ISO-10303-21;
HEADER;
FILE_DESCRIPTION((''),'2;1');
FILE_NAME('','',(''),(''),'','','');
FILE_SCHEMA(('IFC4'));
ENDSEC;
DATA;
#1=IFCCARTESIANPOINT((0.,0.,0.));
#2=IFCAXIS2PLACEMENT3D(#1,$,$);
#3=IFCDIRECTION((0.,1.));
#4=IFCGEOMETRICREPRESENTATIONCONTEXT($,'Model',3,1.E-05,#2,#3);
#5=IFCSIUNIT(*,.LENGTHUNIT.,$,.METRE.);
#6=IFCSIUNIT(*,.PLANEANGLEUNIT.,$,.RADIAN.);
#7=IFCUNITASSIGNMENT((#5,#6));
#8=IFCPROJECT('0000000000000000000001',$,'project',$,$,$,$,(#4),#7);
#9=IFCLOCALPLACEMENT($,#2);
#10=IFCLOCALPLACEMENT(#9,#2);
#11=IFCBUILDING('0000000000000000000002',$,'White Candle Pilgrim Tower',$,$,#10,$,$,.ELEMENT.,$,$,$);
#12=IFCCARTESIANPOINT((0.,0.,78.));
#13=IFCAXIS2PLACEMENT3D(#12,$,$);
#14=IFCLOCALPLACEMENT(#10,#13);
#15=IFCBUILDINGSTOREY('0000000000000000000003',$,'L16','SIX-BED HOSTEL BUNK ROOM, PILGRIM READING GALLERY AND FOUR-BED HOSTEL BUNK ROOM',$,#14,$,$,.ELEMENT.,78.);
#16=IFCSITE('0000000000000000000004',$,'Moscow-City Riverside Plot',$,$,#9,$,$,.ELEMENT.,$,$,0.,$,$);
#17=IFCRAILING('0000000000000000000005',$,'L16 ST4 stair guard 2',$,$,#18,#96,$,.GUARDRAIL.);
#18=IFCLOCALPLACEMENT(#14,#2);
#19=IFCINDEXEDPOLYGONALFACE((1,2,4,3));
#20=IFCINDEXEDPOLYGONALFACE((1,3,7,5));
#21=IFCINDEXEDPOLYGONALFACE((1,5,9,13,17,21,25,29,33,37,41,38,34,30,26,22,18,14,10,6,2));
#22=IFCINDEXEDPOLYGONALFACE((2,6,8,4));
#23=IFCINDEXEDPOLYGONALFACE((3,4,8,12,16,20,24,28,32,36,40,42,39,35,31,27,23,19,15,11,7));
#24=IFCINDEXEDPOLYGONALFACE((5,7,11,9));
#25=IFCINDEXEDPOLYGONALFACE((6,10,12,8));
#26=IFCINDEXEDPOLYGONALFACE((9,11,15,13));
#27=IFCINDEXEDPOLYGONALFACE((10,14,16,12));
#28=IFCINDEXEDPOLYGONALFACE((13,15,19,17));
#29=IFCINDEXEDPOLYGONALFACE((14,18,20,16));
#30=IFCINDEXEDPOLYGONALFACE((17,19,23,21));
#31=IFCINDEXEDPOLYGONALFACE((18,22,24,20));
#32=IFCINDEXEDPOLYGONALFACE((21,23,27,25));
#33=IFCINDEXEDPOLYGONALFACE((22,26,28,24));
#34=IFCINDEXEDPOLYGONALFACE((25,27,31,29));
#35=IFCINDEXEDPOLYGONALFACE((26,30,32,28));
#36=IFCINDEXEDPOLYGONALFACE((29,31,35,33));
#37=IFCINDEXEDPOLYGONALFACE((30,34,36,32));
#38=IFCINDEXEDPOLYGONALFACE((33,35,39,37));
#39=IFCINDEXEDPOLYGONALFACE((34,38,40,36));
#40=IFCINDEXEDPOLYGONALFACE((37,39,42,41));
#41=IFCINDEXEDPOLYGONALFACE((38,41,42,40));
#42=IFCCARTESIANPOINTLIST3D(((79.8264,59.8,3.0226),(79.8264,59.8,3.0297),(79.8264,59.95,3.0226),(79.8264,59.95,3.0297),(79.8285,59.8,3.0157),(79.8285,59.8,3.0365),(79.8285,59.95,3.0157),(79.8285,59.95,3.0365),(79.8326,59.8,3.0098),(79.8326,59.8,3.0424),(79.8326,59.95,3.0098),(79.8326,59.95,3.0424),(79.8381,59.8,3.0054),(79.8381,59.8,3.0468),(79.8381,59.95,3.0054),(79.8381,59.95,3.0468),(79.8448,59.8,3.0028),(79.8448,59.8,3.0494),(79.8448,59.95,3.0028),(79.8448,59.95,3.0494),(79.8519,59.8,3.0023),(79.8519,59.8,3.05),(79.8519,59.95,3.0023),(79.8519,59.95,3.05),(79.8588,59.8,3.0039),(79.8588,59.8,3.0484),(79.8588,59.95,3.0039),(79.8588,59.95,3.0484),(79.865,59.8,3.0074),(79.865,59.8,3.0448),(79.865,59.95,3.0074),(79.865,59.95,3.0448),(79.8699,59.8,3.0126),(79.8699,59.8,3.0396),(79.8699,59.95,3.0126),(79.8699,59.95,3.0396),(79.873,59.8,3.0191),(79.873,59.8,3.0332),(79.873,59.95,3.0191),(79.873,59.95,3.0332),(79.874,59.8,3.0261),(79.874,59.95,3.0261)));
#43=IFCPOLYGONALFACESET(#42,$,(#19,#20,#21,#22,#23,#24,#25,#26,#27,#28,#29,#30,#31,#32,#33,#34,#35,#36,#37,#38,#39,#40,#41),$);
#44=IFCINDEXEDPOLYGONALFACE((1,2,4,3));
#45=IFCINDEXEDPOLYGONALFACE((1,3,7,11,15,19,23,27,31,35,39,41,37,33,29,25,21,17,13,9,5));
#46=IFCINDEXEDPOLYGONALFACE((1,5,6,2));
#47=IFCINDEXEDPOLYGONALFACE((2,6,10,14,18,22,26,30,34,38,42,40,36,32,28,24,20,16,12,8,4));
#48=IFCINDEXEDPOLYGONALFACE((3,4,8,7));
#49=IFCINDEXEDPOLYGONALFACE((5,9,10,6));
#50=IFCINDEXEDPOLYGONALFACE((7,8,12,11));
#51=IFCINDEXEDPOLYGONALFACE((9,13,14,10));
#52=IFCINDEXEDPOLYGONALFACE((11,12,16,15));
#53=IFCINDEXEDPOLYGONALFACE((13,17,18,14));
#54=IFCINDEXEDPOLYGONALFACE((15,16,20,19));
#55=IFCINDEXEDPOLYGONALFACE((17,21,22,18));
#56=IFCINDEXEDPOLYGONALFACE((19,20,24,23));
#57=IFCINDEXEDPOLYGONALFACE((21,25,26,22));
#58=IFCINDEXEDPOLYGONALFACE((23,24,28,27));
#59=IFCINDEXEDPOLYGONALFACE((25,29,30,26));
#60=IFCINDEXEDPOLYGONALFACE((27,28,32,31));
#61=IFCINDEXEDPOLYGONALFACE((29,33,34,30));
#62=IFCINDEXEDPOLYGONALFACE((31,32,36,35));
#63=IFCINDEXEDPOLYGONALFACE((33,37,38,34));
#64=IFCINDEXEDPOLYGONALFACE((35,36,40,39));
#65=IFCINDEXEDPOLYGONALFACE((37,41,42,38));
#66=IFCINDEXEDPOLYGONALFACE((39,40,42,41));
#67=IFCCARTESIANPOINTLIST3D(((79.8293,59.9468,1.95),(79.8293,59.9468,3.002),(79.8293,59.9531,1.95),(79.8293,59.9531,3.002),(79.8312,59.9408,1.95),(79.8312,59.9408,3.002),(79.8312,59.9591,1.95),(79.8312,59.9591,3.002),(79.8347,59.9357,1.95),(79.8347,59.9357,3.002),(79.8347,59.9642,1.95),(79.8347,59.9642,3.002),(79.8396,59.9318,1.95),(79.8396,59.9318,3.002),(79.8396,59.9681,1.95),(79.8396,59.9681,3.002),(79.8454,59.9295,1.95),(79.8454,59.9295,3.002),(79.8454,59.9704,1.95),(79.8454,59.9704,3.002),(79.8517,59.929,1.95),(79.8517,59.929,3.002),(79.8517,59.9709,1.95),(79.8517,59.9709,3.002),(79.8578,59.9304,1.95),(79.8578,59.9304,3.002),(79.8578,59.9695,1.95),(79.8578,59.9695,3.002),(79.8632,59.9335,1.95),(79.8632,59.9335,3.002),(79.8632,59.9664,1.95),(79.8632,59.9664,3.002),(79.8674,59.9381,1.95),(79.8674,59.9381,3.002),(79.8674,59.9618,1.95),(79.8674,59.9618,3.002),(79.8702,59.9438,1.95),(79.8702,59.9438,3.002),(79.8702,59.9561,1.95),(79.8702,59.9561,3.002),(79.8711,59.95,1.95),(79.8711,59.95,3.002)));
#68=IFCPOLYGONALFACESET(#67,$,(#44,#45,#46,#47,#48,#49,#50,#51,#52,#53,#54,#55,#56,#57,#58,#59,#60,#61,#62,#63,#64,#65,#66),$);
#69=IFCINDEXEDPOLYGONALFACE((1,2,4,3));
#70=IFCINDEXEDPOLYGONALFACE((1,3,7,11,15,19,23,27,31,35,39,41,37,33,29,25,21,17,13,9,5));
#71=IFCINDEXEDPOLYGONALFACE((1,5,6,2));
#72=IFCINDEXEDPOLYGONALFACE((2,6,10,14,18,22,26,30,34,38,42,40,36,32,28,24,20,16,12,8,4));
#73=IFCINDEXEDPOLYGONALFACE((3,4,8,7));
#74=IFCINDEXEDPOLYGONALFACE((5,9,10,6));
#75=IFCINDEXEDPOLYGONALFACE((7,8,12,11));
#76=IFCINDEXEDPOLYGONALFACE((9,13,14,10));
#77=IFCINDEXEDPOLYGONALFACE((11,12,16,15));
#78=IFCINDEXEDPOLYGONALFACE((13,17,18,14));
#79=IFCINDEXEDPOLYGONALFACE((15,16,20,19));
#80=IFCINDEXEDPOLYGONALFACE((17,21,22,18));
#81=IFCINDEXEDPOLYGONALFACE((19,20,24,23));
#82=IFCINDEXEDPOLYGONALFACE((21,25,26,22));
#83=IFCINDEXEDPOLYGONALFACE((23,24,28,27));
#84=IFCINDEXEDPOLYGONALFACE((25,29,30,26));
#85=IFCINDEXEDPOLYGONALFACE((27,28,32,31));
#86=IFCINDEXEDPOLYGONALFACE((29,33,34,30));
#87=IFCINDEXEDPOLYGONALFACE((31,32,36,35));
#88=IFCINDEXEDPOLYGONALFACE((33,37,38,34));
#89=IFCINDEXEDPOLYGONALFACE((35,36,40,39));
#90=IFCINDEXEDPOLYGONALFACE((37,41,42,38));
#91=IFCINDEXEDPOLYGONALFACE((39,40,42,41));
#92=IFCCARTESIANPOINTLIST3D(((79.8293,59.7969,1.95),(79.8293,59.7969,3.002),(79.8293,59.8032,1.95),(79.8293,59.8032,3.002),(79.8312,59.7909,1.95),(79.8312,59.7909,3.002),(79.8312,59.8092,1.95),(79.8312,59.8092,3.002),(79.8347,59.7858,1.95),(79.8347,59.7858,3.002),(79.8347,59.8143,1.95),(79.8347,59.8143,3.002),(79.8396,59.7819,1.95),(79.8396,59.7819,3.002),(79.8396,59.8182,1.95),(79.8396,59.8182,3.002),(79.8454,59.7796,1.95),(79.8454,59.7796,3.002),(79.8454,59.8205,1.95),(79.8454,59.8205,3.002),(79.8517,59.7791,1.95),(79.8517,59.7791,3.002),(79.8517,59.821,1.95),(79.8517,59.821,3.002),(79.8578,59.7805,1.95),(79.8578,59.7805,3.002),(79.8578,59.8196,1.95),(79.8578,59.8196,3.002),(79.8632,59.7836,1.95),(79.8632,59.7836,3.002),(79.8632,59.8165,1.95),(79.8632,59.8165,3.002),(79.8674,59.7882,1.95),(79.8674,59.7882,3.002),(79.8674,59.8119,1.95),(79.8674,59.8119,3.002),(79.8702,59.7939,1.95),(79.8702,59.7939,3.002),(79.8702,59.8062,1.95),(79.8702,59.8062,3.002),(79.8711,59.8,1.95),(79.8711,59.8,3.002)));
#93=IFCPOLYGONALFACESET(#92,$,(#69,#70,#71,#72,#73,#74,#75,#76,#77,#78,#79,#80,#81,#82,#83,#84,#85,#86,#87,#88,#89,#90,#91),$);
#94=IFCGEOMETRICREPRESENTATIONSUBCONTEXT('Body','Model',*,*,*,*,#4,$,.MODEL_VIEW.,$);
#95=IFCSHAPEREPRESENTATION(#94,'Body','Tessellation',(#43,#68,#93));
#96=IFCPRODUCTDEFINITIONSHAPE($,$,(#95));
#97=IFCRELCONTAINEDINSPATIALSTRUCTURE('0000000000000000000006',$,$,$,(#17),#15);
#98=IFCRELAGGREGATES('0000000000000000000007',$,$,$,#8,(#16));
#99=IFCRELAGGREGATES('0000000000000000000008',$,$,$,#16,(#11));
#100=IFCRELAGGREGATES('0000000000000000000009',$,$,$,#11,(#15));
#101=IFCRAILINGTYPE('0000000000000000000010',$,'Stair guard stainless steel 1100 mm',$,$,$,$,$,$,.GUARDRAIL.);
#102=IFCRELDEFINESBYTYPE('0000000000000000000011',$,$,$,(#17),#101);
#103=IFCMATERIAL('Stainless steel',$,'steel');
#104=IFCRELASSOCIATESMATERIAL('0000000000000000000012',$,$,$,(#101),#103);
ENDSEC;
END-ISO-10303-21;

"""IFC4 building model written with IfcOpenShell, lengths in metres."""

from ifc_helpers import new_model, si_unit, direction, frame, origin, origin_2d, place, context, subcontext, project, spatial, circle, extrude, material, type_object, element, save


model = new_model("IFC4")

# Units and contexts
model_context = context("Model", 3, precision=1e-05, world=origin(), true_north=direction((0.0, 1.0)))
body_context = subcontext(model_context, "Body", "Model", "MODEL_VIEW")
ifc_project = project(units=[si_unit("LENGTHUNIT", "METRE"), si_unit("PLANEANGLEUNIT", "RADIAN")], contexts=[model_context])

# Site, building, storey
site_placement = place(None, origin())
site = spatial("IfcSite", under=ifc_project, at=site_placement, Name="Moscow-City Riverside Plot", CompositionType="ELEMENT", RefElevation=0.0)
building_placement = place(site_placement, origin())
building = spatial("IfcBuilding", under=site, at=building_placement, Name="White Candle Pilgrim Tower", CompositionType="ELEMENT")
storey_placement = place(building_placement, frame((0.0, 0.0, 78.0)))
storey = spatial("IfcBuildingStorey", under=building, at=storey_placement, Name="L16", Description="SIX-BED HOSTEL BUNK ROOM, PILGRIM READING GALLERY AND FOUR-BED HOSTEL BUNK ROOM", CompositionType="ELEMENT", Elevation=78.0)

# Railing
ifc_material_1 = material(Name="Stainless steel", Category="steel")
railing_type_1 = type_object("IfcRailingType", Name="Stair guard stainless steel 1100 mm", PredefinedType="GUARDRAIL", material=ifc_material_1)
railing_1_placement = place(storey_placement, frame((79.8501, 59.95, 1.95)))
element("IfcRailing", 1, at=railing_1_placement, inside=storey, type_object=railing_type_1, Name="L16 ST4 stair guard 2", PredefinedType="GUARDRAIL", context=body_context, shape_type="SweptSolid", body=[
    extrude(circle(Radius=0.0239, at=origin_2d()), frame((0.0, 0.0, 1.0762), z_axis=(0.0, -1.0, 0.0), x_axis=(1.0, 0.0, 0.0)), (0.0, 0.0, 1.0), 0.1499),
    extrude(circle(Radius=0.021, at=origin_2d()), origin(), (0.0, 0.0, 1.0), 1.052),
    extrude(circle(Radius=0.021, at=origin_2d()), frame((0.0, -0.1499, 0.0)), (0.0, 0.0, 1.0), 1.052),
])

save(model, "model.ifc")
